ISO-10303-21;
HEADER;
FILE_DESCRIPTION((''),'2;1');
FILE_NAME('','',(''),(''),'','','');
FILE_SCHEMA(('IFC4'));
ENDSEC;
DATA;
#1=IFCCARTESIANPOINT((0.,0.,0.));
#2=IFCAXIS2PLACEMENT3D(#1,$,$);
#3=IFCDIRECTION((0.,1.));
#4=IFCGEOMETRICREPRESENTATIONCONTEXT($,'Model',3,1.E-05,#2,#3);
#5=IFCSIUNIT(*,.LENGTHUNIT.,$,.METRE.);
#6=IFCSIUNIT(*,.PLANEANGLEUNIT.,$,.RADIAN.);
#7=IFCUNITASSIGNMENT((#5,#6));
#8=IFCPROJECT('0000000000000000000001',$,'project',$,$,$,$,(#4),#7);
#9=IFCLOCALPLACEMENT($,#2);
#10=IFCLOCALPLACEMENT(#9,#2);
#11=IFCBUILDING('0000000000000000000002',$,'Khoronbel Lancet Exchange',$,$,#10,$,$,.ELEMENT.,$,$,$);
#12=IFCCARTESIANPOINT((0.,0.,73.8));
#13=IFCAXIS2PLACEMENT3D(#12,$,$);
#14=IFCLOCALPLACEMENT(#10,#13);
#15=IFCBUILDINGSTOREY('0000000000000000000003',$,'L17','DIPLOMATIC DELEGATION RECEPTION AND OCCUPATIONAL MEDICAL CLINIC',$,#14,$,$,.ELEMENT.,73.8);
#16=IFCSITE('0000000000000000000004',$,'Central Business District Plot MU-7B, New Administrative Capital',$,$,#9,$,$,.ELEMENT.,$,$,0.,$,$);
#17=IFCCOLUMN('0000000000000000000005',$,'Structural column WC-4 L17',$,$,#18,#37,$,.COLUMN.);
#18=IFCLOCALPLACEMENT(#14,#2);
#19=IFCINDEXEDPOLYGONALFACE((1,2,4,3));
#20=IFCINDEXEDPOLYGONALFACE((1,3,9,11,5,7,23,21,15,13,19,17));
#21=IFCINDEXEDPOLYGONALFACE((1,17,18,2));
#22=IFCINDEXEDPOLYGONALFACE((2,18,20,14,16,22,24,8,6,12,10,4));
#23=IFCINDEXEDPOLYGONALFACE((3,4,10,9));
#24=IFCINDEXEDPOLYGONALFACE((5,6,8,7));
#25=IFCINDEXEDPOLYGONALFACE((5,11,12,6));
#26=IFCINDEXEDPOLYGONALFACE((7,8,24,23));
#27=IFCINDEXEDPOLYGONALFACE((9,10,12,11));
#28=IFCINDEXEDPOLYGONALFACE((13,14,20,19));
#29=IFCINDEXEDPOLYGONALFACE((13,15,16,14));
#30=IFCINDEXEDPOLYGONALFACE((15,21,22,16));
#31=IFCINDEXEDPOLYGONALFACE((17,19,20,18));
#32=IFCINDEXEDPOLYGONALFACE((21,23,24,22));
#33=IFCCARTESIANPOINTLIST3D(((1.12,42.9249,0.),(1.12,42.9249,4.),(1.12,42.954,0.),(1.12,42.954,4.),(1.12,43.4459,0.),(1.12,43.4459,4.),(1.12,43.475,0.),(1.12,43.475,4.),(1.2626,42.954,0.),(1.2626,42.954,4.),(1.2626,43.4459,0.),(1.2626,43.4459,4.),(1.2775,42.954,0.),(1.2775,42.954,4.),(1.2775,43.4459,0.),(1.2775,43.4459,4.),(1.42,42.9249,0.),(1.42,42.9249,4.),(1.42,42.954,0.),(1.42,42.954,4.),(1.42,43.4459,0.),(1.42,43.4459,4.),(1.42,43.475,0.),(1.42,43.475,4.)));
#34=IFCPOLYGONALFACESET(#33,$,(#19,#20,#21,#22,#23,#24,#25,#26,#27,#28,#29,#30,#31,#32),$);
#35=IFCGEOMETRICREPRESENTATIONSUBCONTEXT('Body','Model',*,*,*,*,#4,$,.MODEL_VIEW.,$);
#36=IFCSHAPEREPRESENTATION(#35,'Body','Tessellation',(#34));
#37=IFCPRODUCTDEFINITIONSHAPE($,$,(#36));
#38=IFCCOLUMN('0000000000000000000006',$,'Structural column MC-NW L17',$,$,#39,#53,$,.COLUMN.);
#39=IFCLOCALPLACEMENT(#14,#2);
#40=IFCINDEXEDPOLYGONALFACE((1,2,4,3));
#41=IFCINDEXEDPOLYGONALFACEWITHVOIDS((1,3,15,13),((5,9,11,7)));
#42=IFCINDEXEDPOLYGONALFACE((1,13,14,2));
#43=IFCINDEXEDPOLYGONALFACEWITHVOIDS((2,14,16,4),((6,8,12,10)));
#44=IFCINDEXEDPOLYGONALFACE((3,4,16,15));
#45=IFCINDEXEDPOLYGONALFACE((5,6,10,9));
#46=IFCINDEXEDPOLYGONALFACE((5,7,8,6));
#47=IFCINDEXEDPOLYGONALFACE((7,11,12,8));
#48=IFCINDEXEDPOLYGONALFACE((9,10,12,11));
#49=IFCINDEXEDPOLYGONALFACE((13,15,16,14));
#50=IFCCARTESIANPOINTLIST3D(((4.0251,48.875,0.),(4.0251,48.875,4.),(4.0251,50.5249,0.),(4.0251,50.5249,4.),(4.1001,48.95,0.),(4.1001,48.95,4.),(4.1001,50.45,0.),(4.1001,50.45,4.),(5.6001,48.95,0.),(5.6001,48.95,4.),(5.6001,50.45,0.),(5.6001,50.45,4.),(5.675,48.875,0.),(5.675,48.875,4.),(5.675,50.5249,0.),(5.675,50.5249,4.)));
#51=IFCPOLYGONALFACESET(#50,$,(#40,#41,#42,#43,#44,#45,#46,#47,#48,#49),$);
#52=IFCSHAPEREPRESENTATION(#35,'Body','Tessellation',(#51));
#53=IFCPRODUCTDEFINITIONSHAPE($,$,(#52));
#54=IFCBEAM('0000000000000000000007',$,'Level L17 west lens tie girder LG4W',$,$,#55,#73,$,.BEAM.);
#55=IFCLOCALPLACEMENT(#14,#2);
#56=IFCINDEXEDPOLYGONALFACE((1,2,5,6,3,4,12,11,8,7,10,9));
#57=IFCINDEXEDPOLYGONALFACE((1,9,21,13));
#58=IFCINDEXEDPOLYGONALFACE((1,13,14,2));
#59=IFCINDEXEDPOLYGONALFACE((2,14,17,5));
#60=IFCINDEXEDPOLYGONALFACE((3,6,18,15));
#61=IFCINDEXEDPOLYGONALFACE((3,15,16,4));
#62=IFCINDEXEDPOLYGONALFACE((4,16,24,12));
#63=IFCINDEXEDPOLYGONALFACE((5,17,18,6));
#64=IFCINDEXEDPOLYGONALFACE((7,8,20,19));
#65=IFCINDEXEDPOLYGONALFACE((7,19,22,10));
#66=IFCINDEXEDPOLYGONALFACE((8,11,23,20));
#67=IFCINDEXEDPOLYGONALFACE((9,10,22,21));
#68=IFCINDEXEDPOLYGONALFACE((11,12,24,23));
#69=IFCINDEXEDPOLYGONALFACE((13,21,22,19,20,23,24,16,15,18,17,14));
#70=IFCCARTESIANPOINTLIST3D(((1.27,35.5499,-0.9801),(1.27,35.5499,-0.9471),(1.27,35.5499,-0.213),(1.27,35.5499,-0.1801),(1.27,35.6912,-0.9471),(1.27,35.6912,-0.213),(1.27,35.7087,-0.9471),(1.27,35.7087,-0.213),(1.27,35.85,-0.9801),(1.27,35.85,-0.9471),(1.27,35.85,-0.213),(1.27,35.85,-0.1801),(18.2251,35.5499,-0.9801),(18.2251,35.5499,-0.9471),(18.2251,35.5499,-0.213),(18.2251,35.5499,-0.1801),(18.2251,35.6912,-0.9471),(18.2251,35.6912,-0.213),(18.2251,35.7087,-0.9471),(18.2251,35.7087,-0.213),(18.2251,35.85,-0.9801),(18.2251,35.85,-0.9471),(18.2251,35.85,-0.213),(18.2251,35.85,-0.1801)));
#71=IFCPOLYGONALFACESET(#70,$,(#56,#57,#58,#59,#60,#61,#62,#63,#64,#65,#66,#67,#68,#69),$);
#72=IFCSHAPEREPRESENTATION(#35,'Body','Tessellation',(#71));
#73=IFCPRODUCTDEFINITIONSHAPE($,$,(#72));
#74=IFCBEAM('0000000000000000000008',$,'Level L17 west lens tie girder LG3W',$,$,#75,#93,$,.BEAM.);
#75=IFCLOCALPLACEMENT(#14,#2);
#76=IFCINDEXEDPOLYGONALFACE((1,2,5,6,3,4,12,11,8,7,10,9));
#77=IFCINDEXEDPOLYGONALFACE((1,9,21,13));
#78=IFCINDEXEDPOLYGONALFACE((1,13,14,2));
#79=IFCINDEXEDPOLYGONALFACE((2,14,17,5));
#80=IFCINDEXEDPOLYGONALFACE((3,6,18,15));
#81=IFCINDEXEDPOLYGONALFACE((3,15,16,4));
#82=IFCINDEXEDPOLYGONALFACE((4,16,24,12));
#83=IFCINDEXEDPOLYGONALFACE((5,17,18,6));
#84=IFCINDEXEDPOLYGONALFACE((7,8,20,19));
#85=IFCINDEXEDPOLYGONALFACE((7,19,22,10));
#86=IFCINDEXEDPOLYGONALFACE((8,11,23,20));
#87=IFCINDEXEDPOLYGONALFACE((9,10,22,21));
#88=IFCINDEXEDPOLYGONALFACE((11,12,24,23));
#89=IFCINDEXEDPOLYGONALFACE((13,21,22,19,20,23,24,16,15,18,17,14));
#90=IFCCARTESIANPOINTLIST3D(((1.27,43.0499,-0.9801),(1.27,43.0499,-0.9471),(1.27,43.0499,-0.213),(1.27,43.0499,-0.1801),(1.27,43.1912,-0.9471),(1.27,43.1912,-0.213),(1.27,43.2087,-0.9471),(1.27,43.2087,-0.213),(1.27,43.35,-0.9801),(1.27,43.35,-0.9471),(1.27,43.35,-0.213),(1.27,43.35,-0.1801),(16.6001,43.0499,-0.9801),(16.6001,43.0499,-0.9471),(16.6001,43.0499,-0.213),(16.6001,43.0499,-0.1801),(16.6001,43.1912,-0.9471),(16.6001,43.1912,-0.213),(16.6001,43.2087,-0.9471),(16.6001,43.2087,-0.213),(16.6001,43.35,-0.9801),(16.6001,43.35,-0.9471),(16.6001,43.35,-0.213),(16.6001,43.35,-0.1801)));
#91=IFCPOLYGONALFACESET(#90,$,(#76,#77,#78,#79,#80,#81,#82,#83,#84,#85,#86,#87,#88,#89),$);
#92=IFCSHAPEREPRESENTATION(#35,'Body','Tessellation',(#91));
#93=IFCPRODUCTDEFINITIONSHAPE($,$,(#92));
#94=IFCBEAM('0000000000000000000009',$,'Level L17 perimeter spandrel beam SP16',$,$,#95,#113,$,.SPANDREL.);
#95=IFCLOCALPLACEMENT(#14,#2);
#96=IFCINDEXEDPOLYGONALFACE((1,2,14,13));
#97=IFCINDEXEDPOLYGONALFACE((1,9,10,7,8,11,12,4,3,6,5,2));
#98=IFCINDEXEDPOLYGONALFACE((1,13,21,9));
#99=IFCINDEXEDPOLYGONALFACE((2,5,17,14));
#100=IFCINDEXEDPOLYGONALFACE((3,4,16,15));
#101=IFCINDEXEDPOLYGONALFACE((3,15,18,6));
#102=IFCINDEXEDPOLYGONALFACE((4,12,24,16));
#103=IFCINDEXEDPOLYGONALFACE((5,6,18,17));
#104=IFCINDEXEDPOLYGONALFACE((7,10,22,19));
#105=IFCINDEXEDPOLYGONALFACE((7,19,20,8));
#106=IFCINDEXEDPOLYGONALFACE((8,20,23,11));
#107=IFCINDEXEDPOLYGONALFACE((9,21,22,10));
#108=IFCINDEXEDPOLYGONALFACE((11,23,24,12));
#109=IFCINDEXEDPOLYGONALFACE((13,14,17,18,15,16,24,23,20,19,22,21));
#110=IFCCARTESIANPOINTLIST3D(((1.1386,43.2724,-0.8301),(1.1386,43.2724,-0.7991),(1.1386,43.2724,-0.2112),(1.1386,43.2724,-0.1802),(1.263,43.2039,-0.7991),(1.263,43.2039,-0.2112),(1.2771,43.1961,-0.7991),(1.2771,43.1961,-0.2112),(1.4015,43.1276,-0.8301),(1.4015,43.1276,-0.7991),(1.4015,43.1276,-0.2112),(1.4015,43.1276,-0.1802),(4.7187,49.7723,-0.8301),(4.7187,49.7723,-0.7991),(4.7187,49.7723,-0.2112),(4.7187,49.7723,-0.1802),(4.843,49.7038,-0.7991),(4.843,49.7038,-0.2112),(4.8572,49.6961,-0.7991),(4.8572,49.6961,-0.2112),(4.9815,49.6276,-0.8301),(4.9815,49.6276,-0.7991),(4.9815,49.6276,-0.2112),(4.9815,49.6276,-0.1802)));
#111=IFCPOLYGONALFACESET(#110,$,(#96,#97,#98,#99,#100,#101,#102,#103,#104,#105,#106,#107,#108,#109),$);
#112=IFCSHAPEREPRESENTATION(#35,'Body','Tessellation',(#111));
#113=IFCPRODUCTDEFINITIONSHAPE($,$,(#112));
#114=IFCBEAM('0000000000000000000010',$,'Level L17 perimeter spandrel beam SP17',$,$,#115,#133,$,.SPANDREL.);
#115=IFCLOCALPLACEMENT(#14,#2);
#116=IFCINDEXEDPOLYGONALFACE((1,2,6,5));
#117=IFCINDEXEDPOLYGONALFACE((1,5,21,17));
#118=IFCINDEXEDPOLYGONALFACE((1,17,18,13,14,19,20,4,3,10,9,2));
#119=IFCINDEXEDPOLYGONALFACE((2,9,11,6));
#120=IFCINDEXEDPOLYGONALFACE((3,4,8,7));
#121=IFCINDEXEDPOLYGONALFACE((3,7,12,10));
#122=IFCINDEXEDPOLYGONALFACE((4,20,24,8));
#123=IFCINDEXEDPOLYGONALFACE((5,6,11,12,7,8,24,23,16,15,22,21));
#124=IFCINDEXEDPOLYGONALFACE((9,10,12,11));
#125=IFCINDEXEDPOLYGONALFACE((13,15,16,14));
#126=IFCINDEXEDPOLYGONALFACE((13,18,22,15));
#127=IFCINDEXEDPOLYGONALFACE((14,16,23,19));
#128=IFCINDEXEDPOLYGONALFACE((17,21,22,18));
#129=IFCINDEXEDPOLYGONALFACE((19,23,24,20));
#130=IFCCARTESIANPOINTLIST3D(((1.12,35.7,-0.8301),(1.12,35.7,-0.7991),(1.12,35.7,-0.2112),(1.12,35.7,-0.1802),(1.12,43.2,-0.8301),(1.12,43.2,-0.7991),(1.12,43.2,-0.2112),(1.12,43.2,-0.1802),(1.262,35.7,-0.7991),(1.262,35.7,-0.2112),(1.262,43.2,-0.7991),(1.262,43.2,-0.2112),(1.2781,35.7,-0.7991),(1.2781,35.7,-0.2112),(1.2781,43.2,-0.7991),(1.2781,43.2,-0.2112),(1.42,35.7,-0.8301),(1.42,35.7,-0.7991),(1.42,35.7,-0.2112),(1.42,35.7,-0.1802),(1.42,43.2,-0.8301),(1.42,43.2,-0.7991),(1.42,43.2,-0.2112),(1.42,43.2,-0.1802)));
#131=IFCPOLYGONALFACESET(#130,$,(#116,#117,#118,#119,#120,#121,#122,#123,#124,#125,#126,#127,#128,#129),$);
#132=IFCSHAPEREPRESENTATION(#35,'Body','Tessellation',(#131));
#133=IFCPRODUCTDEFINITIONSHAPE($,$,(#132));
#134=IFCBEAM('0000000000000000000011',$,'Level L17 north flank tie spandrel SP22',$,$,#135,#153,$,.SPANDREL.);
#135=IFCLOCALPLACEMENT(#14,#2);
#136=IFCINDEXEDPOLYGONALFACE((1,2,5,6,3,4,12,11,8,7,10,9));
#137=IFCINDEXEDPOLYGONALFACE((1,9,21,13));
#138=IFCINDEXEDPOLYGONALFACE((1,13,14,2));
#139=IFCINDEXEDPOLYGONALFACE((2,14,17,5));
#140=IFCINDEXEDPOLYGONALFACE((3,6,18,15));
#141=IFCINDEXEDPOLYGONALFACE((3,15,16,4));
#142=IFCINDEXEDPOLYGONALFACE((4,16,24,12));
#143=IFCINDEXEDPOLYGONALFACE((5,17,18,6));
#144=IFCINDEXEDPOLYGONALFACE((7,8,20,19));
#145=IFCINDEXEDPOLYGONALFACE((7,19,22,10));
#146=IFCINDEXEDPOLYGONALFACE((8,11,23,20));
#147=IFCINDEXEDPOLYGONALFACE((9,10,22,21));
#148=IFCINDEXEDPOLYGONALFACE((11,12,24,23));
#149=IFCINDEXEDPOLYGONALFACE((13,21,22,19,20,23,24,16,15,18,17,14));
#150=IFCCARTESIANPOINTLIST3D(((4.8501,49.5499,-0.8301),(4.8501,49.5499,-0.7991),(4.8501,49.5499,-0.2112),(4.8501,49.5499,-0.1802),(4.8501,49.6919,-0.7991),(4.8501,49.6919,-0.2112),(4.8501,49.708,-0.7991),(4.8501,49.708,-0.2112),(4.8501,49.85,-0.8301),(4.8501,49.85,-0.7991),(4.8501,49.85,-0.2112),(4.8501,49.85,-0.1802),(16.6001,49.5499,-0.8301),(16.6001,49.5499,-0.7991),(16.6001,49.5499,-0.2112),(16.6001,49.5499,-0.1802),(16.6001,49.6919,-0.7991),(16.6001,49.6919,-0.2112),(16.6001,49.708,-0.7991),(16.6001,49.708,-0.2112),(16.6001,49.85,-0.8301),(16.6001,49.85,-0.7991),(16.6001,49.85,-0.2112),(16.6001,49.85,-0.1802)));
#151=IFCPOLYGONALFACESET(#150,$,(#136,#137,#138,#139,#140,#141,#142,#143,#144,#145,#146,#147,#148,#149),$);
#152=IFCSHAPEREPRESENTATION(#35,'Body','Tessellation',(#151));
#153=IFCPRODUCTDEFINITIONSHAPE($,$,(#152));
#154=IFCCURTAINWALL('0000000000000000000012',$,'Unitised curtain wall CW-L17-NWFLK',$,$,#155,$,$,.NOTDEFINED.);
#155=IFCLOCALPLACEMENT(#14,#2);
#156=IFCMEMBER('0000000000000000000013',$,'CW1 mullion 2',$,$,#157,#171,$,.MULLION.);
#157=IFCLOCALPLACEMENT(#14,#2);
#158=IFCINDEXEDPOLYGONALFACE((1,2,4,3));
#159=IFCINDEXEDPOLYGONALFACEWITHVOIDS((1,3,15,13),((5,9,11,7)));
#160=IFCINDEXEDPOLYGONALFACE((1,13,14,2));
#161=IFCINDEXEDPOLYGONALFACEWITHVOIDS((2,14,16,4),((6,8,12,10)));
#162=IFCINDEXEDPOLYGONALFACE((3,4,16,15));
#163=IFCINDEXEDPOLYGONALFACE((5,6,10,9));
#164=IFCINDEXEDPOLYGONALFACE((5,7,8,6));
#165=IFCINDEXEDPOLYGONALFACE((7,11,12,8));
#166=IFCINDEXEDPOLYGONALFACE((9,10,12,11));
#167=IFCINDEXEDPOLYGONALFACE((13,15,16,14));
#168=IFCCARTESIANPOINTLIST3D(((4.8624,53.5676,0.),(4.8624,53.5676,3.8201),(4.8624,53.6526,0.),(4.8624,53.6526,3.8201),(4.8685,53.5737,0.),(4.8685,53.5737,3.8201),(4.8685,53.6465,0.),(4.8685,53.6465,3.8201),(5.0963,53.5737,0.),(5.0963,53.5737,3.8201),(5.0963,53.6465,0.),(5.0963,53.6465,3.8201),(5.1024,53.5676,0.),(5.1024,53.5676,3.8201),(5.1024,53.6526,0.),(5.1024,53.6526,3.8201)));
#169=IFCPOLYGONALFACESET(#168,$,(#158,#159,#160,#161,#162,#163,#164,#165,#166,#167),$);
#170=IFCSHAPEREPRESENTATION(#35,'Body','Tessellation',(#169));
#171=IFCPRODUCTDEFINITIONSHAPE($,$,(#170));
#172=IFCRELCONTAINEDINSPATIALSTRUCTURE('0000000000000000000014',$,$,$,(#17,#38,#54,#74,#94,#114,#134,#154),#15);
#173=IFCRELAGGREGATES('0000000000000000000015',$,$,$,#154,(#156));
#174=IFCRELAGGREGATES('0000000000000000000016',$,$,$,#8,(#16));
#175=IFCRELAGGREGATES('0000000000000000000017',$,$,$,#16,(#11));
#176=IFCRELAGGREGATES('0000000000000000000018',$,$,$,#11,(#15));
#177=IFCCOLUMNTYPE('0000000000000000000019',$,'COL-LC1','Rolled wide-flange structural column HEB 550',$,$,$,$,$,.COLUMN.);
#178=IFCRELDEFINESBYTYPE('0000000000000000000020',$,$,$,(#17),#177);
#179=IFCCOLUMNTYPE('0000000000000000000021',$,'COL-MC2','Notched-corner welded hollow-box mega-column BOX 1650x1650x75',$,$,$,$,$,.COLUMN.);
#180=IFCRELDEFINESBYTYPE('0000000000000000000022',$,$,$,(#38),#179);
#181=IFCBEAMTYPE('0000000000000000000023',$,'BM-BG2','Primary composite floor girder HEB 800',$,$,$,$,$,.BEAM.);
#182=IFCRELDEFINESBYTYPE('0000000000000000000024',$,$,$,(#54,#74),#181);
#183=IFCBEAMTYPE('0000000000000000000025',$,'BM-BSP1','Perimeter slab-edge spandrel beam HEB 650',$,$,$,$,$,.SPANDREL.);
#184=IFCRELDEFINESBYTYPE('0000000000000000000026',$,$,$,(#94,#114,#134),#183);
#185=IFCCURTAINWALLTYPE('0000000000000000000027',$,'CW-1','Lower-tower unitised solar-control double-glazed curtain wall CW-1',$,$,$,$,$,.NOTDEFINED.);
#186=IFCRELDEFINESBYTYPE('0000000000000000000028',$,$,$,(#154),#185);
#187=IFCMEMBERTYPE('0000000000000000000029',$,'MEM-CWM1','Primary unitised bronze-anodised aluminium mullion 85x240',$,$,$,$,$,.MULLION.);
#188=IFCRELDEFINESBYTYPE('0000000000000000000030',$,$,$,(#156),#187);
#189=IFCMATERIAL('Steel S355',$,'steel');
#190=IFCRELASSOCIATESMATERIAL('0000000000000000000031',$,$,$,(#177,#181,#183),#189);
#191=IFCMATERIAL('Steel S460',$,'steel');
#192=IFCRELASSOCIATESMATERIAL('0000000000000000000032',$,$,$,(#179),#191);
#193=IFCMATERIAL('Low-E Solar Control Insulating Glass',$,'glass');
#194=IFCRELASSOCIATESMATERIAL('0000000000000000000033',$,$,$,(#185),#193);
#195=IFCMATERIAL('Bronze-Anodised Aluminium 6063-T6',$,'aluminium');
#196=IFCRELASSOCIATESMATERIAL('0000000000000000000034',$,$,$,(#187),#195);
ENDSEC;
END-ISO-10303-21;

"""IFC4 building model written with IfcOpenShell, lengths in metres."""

from ifc_helpers import new_model, si_unit, direction, frame, origin, origin_2d, place, context, subcontext, project, spatial, hollow_rectangle, i_section, extrude, material, material_profile, profile_set, type_object, element, aggregate, save


model = new_model("IFC4")

# Units and contexts
model_context = context("Model", 3, precision=1e-05, world=origin(), true_north=direction((0.0, 1.0)))
body_context = subcontext(model_context, "Body", "Model", "MODEL_VIEW")
ifc_project = project(units=[si_unit("LENGTHUNIT", "METRE"), si_unit("PLANEANGLEUNIT", "RADIAN")], contexts=[model_context])

# Site, building, storey
site_placement = place(None, origin())
site = spatial("IfcSite", under=ifc_project, at=site_placement, Name="Central Business District Plot MU-7B, New Administrative Capital", CompositionType="ELEMENT", RefElevation=0.0)
building_placement = place(site_placement, origin())
building = spatial("IfcBuilding", under=site, at=building_placement, Name="Khoronbel Lancet Exchange", CompositionType="ELEMENT")
storey_placement = place(building_placement, frame((0.0, 0.0, 73.8)))
storey = spatial("IfcBuildingStorey", under=building, at=storey_placement, Name="L17", Description="DIPLOMATIC DELEGATION RECEPTION AND OCCUPATIONAL MEDICAL CLINIC", CompositionType="ELEMENT", Elevation=73.8)

# Columns
ifc_material_1 = material(Name="Steel S355", Category="steel")
ifc_material_profile_1 = material_profile(ifc_material_1, i_section(OverallWidth=0.3, OverallDepth=0.55, WebThickness=0.0149, FlangeThickness=0.0291, at=origin_2d()), Name="HEB 550")
ifc_profile_set_1 = profile_set([ifc_material_profile_1], Name="Steel S355")
column_type_1 = type_object("IfcColumnType", Name="COL-LC1", Description="Rolled wide-flange structural column HEB 550", PredefinedType="COLUMN", material=ifc_profile_set_1)
column_1_placement = place(storey_placement, frame((1.27, 43.2, 0.0), z_axis=(0.0, 0.0, 1.0), x_axis=(1.0, 0.0, 0.0)))
element("IfcColumn", 1, at=column_1_placement, inside=storey, type_object=column_type_1, Name="Structural column WC-4 L17", PredefinedType="COLUMN", context=body_context, shape_type="SweptSolid", body=[
    extrude(i_section(OverallWidth=0.3, OverallDepth=0.55, WebThickness=0.0149, FlangeThickness=0.0291, at=origin_2d()), origin(), (0.0, 0.0, 1.0), 4.0),
])
ifc_material_2 = material(Name="Steel S460", Category="steel")
ifc_material_profile_2 = material_profile(ifc_material_2, hollow_rectangle(XDim=1.6499, YDim=1.6499, WallThickness=0.075, at=origin_2d()), Name="BOX 1650x1650x75")
ifc_profile_set_2 = profile_set([ifc_material_profile_2], Name="Steel S460")
column_type_2 = type_object("IfcColumnType", Name="COL-MC2", Description="Notched-corner welded hollow-box mega-column BOX 1650x1650x75", PredefinedType="COLUMN", material=ifc_profile_set_2)
column_2_placement = place(storey_placement, frame((4.8501, 49.7, 0.0), z_axis=(0.0, 0.0, 1.0), x_axis=(1.0, 0.0, 0.0)))
element("IfcColumn", 2, at=column_2_placement, inside=storey, type_object=column_type_2, Name="Structural column MC-NW L17", PredefinedType="COLUMN", context=body_context, shape_type="SweptSolid", body=[
    extrude(hollow_rectangle(XDim=1.6499, YDim=1.6499, WallThickness=0.075, at=origin_2d()), origin(), (0.0, 0.0, 1.0), 4.0),
])

# Beams
ifc_material_profile_3 = material_profile(ifc_material_1, i_section(OverallWidth=0.3, OverallDepth=0.8, WebThickness=0.0176, FlangeThickness=0.033, at=origin_2d()), Name="HEB 800")
ifc_profile_set_3 = profile_set([ifc_material_profile_3], Name="Steel S355")
beam_type_1 = type_object("IfcBeamType", Name="BM-BG2", Description="Primary composite floor girder HEB 800", PredefinedType="BEAM", material=ifc_profile_set_3)
beam_1_placement = place(storey_placement, frame((1.27, 35.7, -0.5801), z_axis=(1.0, 0.0, 0.0), x_axis=(0.0, 1.0, 0.0)))
element("IfcBeam", 3, at=beam_1_placement, inside=storey, type_object=beam_type_1, Name="Level L17 west lens tie girder LG4W", PredefinedType="BEAM", context=body_context, shape_type="SweptSolid", body=[
    extrude(i_section(OverallWidth=0.3, OverallDepth=0.8, WebThickness=0.0176, FlangeThickness=0.033, at=origin_2d()), origin(), (0.0, 0.0, 1.0), 16.9551),
])
beam_2_placement = place(storey_placement, frame((1.27, 43.2, -0.5801), z_axis=(1.0, 0.0, 0.0), x_axis=(0.0, 1.0, 0.0)))
element("IfcBeam", 4, at=beam_2_placement, inside=storey, type_object=beam_type_1, Name="Level L17 west lens tie girder LG3W", PredefinedType="BEAM", context=body_context, shape_type="SweptSolid", body=[
    extrude(i_section(OverallWidth=0.3, OverallDepth=0.8, WebThickness=0.0176, FlangeThickness=0.033, at=origin_2d()), origin(), (0.0, 0.0, 1.0), 15.3301),
])
ifc_material_profile_4 = material_profile(ifc_material_1, i_section(OverallWidth=0.3, OverallDepth=0.6499, WebThickness=0.0161, FlangeThickness=0.031, at=origin_2d()), Name="HEB 650")
ifc_profile_set_4 = profile_set([ifc_material_profile_4], Name="Steel S355")
beam_type_2 = type_object("IfcBeamType", Name="BM-BSP1", Description="Perimeter slab-edge spandrel beam HEB 650", PredefinedType="SPANDREL", material=ifc_profile_set_4)
beam_3_placement = place(storey_placement, frame((4.8501, 49.7, -0.5051), z_axis=(-0.482444, -0.875927, 0.0), x_axis=(0.875927, -0.482444, 0.0)))
element("IfcBeam", 5, at=beam_3_placement, inside=storey, type_object=beam_type_2, Name="Level L17 perimeter spandrel beam SP16", PredefinedType="SPANDREL", context=body_context, shape_type="SweptSolid", body=[
    extrude(i_section(OverallWidth=0.3, OverallDepth=0.6499, WebThickness=0.0161, FlangeThickness=0.031, at=origin_2d()), origin(), (0.0, 0.0, 1.0), 7.4207),
])
beam_4_placement = place(storey_placement, frame((1.27, 43.2, -0.5051), z_axis=(0.0, -1.0, 0.0), x_axis=(1.0, 0.0, 0.0)))
element("IfcBeam", 6, at=beam_4_placement, inside=storey, type_object=beam_type_2, Name="Level L17 perimeter spandrel beam SP17", PredefinedType="SPANDREL", context=body_context, shape_type="SweptSolid", body=[
    extrude(i_section(OverallWidth=0.3, OverallDepth=0.6499, WebThickness=0.0161, FlangeThickness=0.031, at=origin_2d()), origin(), (0.0, 0.0, 1.0), 7.5),
])
beam_5_placement = place(storey_placement, frame((4.8501, 49.7, -0.5051), z_axis=(1.0, 0.0, 0.0), x_axis=(0.0, 1.0, 0.0)))
element("IfcBeam", 7, at=beam_5_placement, inside=storey, type_object=beam_type_2, Name="Level L17 north flank tie spandrel SP22", PredefinedType="SPANDREL", context=body_context, shape_type="SweptSolid", body=[
    extrude(i_section(OverallWidth=0.3, OverallDepth=0.6499, WebThickness=0.0161, FlangeThickness=0.031, at=origin_2d()), origin(), (0.0, 0.0, 1.0), 11.75),
])

# Curtain wall, member
ifc_material_3 = material(Name="Low-E Solar Control Insulating Glass", Category="glass")
curtain_wall_type_1 = type_object("IfcCurtainWallType", Name="CW-1", Description="Lower-tower unitised solar-control double-glazed curtain wall CW-1", PredefinedType="NOTDEFINED", material=ifc_material_3)
curtain_wall_1_placement = place(storey_placement, origin())
curtain_wall_1 = element("IfcCurtainWall", 8, at=curtain_wall_1_placement, inside=storey, type_object=curtain_wall_type_1, Name="Unitised curtain wall CW-L17-NWFLK", PredefinedType="NOTDEFINED")
ifc_material_4 = material(Name="Bronze-Anodised Aluminium 6063-T6", Category="aluminium")
ifc_material_profile_5 = material_profile(ifc_material_4, hollow_rectangle(XDim=0.085, YDim=0.24, WallThickness=0.0061, at=origin_2d()), Name="ALU MULLION 85x240")
ifc_profile_set_5 = profile_set([ifc_material_profile_5], Name="Bronze-Anodised Aluminium 6063-T6")
member_type_1 = type_object("IfcMemberType", Name="MEM-CWM1", Description="Primary unitised bronze-anodised aluminium mullion 85x240", PredefinedType="MULLION", material=ifc_profile_set_5)
member_1_placement = place(storey_placement, frame((4.9824, 53.6101, 0.0), z_axis=(0.0, 0.0, 1.0), x_axis=(0.0, -1.0, 0.0)))
member_1 = element("IfcMember", 9, at=member_1_placement, type_object=member_type_1, Name="CW1 mullion 2", PredefinedType="MULLION", context=body_context, shape_type="SweptSolid", body=[
    extrude(hollow_rectangle(XDim=0.085, YDim=0.24, WallThickness=0.0061, at=origin_2d()), origin(), (0.0, 0.0, 1.0), 3.8201),
])

aggregate(curtain_wall_1, [member_1])

save(model, "model.ifc")
